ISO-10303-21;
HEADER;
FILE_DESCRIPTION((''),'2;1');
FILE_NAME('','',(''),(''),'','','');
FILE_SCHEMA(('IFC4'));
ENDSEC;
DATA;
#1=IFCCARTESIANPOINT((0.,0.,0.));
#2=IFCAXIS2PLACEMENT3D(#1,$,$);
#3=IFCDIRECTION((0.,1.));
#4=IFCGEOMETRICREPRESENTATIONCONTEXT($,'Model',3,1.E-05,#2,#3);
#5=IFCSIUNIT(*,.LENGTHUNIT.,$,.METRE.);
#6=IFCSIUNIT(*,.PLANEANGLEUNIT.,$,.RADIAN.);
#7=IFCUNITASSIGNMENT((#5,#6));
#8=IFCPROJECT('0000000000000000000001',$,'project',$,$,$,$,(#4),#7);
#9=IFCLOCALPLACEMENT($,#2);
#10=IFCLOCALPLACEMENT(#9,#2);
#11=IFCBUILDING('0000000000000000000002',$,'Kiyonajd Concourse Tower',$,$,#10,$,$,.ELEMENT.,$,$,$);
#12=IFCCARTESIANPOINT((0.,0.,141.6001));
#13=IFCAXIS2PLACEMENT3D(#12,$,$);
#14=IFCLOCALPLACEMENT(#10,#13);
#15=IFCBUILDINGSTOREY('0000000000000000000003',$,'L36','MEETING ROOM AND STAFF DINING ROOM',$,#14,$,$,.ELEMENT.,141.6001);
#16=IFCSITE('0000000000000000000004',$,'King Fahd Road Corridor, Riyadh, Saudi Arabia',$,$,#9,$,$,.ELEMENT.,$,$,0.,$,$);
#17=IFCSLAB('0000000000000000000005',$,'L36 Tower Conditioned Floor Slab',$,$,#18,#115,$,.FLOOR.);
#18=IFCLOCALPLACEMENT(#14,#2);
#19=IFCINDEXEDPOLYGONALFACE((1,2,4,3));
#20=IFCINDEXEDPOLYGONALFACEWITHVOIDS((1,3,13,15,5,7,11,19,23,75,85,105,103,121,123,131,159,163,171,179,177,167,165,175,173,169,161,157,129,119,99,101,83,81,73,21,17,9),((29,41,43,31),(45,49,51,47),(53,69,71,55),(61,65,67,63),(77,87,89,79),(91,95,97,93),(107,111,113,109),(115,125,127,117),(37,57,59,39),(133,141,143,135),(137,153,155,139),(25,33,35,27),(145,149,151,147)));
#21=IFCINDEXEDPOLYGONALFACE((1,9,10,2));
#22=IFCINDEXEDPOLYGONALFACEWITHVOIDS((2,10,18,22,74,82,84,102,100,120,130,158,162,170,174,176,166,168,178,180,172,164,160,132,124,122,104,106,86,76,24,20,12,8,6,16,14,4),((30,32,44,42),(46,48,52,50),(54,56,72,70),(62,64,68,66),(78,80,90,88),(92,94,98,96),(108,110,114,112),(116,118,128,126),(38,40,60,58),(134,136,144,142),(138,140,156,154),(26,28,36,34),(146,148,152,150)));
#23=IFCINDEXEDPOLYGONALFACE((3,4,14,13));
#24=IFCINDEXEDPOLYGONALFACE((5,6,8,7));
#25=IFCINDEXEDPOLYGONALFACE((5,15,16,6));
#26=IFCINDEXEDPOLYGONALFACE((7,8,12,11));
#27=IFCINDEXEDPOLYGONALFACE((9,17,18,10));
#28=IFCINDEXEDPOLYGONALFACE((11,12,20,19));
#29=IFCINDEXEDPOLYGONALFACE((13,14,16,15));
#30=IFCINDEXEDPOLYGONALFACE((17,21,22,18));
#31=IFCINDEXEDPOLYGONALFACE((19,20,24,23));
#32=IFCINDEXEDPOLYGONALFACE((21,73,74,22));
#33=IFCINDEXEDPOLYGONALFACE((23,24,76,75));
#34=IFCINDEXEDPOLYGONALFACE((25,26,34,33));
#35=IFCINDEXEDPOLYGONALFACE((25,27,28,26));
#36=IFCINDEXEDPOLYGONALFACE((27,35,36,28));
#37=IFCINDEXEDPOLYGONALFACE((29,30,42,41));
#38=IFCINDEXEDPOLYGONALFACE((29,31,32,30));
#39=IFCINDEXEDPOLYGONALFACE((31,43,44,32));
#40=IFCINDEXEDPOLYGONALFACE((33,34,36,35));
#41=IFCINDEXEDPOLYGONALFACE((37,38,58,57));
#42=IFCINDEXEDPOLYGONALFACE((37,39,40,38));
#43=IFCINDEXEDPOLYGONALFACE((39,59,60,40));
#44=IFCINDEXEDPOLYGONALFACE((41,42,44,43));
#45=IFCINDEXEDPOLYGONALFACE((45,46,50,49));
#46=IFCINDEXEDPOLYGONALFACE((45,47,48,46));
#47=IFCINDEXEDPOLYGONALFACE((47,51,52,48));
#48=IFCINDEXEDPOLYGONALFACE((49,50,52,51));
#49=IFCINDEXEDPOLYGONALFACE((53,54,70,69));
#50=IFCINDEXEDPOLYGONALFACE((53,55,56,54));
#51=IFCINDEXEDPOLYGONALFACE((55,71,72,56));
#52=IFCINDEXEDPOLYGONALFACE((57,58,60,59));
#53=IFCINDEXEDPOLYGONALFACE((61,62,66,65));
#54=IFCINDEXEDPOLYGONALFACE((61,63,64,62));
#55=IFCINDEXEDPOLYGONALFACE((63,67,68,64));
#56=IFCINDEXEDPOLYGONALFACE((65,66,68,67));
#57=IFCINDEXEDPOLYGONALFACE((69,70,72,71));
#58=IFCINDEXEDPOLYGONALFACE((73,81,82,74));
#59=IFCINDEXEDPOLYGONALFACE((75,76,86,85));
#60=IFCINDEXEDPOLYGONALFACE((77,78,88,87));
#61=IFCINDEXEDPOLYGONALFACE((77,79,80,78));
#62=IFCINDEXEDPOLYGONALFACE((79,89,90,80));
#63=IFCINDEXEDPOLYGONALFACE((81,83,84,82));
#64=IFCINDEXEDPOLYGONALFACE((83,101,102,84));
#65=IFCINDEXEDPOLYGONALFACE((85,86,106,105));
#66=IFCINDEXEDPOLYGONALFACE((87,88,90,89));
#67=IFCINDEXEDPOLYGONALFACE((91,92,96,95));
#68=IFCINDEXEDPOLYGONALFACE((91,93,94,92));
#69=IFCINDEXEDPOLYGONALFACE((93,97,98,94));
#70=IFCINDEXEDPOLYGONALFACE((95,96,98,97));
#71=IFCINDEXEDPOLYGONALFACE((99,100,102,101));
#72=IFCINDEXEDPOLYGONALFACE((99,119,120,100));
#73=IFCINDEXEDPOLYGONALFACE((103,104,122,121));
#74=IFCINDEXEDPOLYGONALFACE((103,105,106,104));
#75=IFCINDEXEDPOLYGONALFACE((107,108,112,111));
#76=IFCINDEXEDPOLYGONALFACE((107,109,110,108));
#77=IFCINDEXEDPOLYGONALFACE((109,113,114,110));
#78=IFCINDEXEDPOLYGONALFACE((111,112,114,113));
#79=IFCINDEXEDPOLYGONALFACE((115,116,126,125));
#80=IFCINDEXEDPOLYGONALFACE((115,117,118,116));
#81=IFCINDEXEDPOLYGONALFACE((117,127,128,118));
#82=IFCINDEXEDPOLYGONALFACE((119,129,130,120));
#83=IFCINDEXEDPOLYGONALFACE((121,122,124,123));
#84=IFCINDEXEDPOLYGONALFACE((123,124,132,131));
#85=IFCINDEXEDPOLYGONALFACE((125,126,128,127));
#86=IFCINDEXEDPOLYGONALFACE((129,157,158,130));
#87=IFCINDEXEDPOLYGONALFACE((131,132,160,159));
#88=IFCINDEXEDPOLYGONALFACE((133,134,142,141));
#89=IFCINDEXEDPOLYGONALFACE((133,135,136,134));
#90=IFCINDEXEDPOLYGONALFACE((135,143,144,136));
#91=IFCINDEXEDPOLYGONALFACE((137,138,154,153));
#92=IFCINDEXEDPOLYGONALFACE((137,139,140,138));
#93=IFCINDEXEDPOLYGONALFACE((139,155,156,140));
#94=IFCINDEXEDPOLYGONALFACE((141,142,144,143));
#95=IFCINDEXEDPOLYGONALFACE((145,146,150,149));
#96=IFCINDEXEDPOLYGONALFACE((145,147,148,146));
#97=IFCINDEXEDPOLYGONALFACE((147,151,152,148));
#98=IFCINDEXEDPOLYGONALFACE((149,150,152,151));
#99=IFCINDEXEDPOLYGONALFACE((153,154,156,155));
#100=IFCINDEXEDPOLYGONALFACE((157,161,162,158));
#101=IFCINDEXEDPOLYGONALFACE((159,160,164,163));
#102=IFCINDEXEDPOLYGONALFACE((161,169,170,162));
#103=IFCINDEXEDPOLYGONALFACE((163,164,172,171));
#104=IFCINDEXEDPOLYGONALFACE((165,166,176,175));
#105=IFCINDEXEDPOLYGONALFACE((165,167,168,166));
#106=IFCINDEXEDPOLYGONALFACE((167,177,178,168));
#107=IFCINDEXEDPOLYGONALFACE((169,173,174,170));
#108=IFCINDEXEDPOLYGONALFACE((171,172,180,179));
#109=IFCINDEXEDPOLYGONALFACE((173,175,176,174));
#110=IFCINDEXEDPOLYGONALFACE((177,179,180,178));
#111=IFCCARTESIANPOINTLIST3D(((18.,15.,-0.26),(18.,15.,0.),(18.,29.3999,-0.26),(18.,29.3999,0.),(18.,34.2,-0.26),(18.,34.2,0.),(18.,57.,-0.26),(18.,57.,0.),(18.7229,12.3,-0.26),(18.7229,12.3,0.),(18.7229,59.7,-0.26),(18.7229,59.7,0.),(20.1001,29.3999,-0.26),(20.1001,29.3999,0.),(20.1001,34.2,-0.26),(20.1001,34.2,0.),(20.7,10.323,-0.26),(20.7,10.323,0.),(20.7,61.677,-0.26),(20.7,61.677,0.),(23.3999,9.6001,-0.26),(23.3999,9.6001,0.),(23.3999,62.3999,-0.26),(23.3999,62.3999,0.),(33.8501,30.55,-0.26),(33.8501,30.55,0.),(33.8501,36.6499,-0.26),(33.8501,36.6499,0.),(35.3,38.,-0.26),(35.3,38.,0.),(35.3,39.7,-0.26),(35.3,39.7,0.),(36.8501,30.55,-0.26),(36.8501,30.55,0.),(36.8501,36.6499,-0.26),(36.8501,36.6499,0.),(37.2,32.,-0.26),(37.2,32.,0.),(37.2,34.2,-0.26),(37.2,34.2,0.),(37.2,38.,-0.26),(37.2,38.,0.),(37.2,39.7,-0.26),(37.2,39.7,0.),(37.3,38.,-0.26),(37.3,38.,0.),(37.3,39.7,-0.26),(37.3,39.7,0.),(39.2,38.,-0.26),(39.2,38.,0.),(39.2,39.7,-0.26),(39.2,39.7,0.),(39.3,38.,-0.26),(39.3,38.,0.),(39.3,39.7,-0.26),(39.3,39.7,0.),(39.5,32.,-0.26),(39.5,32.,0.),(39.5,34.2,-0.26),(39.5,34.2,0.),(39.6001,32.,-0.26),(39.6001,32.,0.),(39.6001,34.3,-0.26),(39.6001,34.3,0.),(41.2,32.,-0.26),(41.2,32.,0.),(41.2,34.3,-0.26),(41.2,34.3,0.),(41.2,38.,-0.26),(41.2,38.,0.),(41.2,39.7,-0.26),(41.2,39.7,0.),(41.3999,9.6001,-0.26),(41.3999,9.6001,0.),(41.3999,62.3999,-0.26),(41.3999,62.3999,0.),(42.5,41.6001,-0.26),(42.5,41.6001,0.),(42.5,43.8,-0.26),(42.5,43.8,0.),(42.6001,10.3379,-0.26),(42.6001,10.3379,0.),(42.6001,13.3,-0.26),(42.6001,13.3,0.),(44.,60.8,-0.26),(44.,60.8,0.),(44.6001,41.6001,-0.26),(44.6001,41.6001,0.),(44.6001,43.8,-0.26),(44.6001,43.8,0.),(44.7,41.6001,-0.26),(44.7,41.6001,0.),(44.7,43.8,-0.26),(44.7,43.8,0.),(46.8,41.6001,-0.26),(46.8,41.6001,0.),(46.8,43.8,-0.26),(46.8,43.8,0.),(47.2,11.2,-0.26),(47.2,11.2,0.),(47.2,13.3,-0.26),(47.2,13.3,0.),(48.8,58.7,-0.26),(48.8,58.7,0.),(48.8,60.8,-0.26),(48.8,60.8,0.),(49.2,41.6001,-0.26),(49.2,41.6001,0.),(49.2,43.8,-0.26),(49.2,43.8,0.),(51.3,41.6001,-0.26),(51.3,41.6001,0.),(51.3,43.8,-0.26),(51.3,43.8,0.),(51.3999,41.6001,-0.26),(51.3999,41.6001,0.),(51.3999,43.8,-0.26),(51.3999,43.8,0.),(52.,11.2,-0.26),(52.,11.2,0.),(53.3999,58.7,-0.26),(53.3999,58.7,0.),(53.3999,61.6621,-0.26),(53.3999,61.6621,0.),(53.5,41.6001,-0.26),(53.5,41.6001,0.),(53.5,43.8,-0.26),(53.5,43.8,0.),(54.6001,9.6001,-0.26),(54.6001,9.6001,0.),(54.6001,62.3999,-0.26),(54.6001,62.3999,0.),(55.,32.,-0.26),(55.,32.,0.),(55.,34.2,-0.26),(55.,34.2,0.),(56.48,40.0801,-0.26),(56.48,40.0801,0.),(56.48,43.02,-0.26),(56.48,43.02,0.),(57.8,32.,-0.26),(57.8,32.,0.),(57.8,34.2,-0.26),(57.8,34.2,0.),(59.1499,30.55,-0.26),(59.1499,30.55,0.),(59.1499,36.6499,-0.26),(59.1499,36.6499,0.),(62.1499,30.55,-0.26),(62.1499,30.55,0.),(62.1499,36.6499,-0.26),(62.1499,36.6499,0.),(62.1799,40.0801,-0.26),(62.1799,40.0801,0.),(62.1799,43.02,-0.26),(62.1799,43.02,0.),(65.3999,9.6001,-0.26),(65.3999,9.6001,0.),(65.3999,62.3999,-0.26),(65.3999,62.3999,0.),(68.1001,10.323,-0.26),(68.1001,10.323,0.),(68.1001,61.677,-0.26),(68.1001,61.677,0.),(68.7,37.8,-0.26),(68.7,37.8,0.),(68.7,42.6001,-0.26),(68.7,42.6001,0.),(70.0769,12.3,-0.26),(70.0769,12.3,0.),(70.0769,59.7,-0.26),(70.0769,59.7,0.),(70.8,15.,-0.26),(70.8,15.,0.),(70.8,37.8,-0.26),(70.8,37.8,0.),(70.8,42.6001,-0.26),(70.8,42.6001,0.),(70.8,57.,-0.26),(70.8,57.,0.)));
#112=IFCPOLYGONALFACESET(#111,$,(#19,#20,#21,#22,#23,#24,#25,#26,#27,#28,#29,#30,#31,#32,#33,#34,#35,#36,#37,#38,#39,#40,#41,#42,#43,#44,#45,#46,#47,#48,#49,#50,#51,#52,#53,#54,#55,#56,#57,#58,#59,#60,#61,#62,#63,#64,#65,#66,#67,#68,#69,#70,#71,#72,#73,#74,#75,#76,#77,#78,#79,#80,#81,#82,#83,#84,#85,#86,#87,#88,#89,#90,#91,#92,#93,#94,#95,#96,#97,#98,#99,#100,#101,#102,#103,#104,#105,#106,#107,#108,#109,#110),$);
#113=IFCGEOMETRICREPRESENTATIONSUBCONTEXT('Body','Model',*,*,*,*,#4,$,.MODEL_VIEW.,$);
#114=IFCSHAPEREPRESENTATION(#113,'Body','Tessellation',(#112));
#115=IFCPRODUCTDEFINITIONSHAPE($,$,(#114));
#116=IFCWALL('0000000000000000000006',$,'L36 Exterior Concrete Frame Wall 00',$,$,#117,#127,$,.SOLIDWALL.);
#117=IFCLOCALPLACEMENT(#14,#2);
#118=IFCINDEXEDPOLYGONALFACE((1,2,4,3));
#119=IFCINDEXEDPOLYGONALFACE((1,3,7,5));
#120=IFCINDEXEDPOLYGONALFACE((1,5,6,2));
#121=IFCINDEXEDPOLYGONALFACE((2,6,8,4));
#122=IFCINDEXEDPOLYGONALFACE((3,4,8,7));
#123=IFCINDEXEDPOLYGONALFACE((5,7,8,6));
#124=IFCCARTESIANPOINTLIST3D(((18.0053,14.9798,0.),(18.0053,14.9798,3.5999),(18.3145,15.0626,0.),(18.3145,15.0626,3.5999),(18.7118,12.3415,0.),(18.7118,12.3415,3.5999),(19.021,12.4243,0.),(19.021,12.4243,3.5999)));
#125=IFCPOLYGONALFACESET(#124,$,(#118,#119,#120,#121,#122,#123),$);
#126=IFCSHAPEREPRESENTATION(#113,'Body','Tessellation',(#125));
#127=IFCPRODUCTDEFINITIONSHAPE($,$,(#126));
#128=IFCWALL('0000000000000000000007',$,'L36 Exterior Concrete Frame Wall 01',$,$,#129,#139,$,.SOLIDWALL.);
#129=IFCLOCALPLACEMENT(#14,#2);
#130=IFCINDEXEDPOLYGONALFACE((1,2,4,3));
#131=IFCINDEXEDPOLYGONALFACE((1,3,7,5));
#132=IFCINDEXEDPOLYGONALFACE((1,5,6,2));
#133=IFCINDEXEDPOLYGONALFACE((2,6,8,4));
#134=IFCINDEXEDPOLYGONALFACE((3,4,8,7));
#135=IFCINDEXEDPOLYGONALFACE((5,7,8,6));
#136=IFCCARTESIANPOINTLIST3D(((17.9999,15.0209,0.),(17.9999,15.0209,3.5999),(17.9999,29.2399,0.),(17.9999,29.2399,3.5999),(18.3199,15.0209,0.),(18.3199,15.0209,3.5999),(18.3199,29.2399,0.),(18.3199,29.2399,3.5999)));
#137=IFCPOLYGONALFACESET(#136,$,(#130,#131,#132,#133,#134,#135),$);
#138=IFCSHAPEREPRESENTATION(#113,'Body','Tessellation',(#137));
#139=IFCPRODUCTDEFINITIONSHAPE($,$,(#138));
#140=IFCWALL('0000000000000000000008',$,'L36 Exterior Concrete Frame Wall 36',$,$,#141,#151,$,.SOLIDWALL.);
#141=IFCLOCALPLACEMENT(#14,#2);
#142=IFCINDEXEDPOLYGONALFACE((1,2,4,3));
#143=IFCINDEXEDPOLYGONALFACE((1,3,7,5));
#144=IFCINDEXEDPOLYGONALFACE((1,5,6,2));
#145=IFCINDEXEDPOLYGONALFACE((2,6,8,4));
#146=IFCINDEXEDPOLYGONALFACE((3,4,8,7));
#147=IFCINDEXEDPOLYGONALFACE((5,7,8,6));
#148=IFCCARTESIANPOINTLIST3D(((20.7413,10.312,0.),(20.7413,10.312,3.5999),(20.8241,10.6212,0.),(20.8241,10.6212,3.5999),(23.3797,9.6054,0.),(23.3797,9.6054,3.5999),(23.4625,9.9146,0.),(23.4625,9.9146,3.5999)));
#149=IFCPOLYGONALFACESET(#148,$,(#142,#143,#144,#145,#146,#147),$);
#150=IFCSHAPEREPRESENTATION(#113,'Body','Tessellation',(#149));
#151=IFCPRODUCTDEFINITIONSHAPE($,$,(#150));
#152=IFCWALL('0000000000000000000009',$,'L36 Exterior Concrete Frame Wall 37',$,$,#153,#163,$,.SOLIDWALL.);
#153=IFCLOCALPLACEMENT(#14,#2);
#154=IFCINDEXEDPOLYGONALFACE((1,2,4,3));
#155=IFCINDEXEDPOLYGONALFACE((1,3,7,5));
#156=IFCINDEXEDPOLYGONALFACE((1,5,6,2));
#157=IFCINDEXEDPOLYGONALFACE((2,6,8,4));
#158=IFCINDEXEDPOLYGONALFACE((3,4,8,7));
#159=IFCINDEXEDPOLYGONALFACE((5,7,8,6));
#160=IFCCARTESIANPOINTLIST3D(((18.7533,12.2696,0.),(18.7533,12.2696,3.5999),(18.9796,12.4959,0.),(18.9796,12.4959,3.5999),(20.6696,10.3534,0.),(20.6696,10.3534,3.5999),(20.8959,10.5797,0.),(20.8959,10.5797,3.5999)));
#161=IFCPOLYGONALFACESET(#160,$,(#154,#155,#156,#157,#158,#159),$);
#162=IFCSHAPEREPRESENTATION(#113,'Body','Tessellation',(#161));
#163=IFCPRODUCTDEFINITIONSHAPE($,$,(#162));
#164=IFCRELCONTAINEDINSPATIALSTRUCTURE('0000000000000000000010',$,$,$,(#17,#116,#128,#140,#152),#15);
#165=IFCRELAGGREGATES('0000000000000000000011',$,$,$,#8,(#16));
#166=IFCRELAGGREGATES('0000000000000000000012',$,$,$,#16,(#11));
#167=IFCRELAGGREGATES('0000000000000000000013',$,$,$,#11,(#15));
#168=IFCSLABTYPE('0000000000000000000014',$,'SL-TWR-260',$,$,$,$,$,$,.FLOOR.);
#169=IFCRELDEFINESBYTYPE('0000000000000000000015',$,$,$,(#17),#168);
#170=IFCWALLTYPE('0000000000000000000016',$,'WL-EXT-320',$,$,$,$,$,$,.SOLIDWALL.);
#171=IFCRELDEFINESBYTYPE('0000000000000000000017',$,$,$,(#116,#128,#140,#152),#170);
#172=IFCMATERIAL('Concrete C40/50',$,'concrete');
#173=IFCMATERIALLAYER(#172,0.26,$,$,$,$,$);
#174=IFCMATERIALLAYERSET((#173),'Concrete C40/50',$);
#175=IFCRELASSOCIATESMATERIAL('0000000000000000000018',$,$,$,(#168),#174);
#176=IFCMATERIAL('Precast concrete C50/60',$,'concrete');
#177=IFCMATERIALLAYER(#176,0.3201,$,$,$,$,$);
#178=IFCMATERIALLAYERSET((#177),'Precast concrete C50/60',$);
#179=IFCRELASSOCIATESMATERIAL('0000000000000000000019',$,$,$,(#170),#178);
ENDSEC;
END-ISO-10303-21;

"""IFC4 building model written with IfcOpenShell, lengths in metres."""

from ifc_helpers import new_model, si_unit, direction, frame, frame_2d, origin, place, context, subcontext, project, spatial, polyline, rectangle, outline, extrude, material, layer, layer_set, type_object, element, save


model = new_model("IFC4")

# Units and contexts
model_context = context("Model", 3, precision=1e-05, world=origin(), true_north=direction((0.0, 1.0)))
body_context = subcontext(model_context, "Body", "Model", "MODEL_VIEW")
ifc_project = project(units=[si_unit("LENGTHUNIT", "METRE"), si_unit("PLANEANGLEUNIT", "RADIAN")], contexts=[model_context])

# Site, building, storey
site_placement = place(None, origin())
site = spatial("IfcSite", under=ifc_project, at=site_placement, Name="King Fahd Road Corridor, Riyadh, Saudi Arabia", CompositionType="ELEMENT", RefElevation=0.0)
building_placement = place(site_placement, origin())
building = spatial("IfcBuilding", under=site, at=building_placement, Name="Kiyonajd Concourse Tower", CompositionType="ELEMENT")
storey_placement = place(building_placement, frame((0.0, 0.0, 141.6001)))
storey = spatial("IfcBuildingStorey", under=building, at=storey_placement, Name="L36", Description="MEETING ROOM AND STAFF DINING ROOM", CompositionType="ELEMENT", Elevation=141.6001)

# Shared definitions
ifc_material_1 = material(Name="Concrete C40/50", Category="concrete")

# Slab
ifc_material_2 = material(Name="Precast concrete C50/60", Category="concrete")
ifc_layer_1 = layer(ifc_material_1, 0.26)
ifc_layer_set_1 = layer_set([ifc_layer_1], Name="Concrete C40/50")
slab_type_1 = type_object("IfcSlabType", Name="SL-TWR-260", PredefinedType="FLOOR", material=ifc_layer_set_1)
slab_1_placement = place(storey_placement, frame((0.0, 0.0, -0.26)))
element("IfcSlab", 1, at=slab_1_placement, inside=storey, type_object=slab_type_1, Name="L36 Tower Conditioned Floor Slab", PredefinedType="FLOOR", context=body_context, shape_type="SweptSolid", body=[
    extrude(outline(polyline([(18.7229, 12.3), (18.0, 15.0), (18.0, 29.3999), (20.1001, 29.3999), (20.1001, 34.2), (18.0, 34.2), (18.0, 57.0), (18.7229, 59.7), (20.7, 61.677), (23.3999, 62.3999), (41.3999, 62.3999), (44.0, 60.8), (48.8, 60.8), (48.8, 58.7), (53.3999, 58.7), (53.3999, 61.6621), (54.6001, 62.3999), (65.3999, 62.3999), (68.1001, 61.677), (70.0769, 59.7), (70.8, 57.0), (70.8, 42.6001), (68.7, 42.6001), (68.7, 37.8), (70.8, 37.8), (70.8, 15.0), (70.0769, 12.3), (68.1001, 10.323), (65.3999, 9.6001), (54.6001, 9.6001), (52.0, 11.2), (47.2, 11.2), (47.2, 13.3), (42.6001, 13.3), (42.6001, 10.3379), (41.3999, 9.6001), (23.3999, 9.6001), (20.7, 10.323), (18.7229, 12.3)]), holes=[polyline([(39.5, 32.0), (37.2, 32.0), (37.2, 34.2), (39.5, 34.2), (39.5, 32.0)]), polyline([(39.6001, 32.0), (39.6001, 34.3), (41.2, 34.3), (41.2, 32.0), (39.6001, 32.0)]), polyline([(33.8501, 30.55), (33.8501, 36.6499), (36.8501, 36.6499), (36.8501, 30.55), (33.8501, 30.55)]), polyline([(37.2, 38.0), (35.3, 38.0), (35.3, 39.7), (37.2, 39.7), (37.2, 38.0)]), polyline([(37.3, 38.0), (37.3, 39.7), (39.2, 39.7), (39.2, 38.0), (37.3, 38.0)]), polyline([(39.3, 38.0), (39.3, 39.7), (41.2, 39.7), (41.2, 38.0), (39.3, 38.0)]), polyline([(44.6001, 41.6001), (42.5, 41.6001), (42.5, 43.8), (44.6001, 43.8), (44.6001, 41.6001)]), polyline([(55.0, 32.0), (55.0, 34.2), (57.8, 34.2), (57.8, 32.0), (55.0, 32.0)]), polyline([(59.1499, 30.55), (59.1499, 36.6499), (62.1499, 36.6499), (62.1499, 30.55), (59.1499, 30.55)]), polyline([(56.48, 43.02), (62.1799, 43.02), (62.1799, 40.0801), (56.48, 40.0801), (56.48, 43.02)]), polyline([(44.7, 41.6001), (44.7, 43.8), (46.8, 43.8), (46.8, 41.6001), (44.7, 41.6001)]), polyline([(49.2, 41.6001), (49.2, 43.8), (51.3, 43.8), (51.3, 41.6001), (49.2, 41.6001)]), polyline([(51.3999, 41.6001), (51.3999, 43.8), (53.5, 43.8), (53.5, 41.6001), (51.3999, 41.6001)])]), origin(), (0.0, 0.0, 1.0), 0.26),
])

# Walls
ifc_layer_2 = layer(ifc_material_2, 0.3201)
ifc_layer_set_2 = layer_set([ifc_layer_2], Name="Precast concrete C50/60")
wall_type = type_object("IfcWallType", Name="WL-EXT-320", PredefinedType="SOLIDWALL", material=ifc_layer_set_2)
wall_1_placement = place(storey_placement, frame((18.8665, 12.3828, 0.0), z_axis=(0.0, 0.0, 1.0), x_axis=(-0.258697, 0.965958, 0.0)))
element("IfcWall", 2, at=wall_1_placement, inside=storey, type_object=wall_type, Name="L36 Exterior Concrete Frame Wall 00", PredefinedType="SOLIDWALL", context=body_context, shape_type="SweptSolid", body=[
    extrude(rectangle(XDim=2.7312, YDim=0.3201, at=frame_2d((1.3657, 0.0))), origin(), (0.0, 0.0, 1.0), 3.5999),
])
wall_2_placement = place(storey_placement, frame((18.1599, 15.021, 0.0), z_axis=(0.0, 0.0, 1.0), x_axis=(0.0, 1.0, 0.0)))
element("IfcWall", 3, at=wall_2_placement, inside=storey, type_object=wall_type, Name="L36 Exterior Concrete Frame Wall 01", PredefinedType="SOLIDWALL", context=body_context, shape_type="SweptSolid", body=[
    extrude(rectangle(XDim=14.219, YDim=0.3201, at=frame_2d((7.1094, 0.0))), origin(), (0.0, 0.0, 1.0), 3.5999),
])
wall_3_placement = place(storey_placement, frame((23.4211, 9.76, 0.0), z_axis=(0.0, 0.0, 1.0), x_axis=(-0.965964, 0.258675, 0.0)))
element("IfcWall", 4, at=wall_3_placement, inside=storey, type_object=wall_type, Name="L36 Exterior Concrete Frame Wall 36", PredefinedType="SOLIDWALL", context=body_context, shape_type="SweptSolid", body=[
    extrude(rectangle(XDim=2.7314, YDim=0.3201, at=frame_2d((1.3657, 0.0))), origin(), (0.0, 0.0, 1.0), 3.5999),
])
wall_4_placement = place(storey_placement, frame((20.7827, 10.4666, 0.0), z_axis=(0.0, 0.0, 1.0), x_axis=(-0.707107, 0.707107, 0.0)))
element("IfcWall", 5, at=wall_4_placement, inside=storey, type_object=wall_type, Name="L36 Exterior Concrete Frame Wall 37", PredefinedType="SOLIDWALL", context=body_context, shape_type="SweptSolid", body=[
    extrude(rectangle(XDim=2.71, YDim=0.3201, at=frame_2d((1.355, 0.0))), origin(), (0.0, 0.0, 1.0), 3.5999),
])

save(model, "model.ifc")
